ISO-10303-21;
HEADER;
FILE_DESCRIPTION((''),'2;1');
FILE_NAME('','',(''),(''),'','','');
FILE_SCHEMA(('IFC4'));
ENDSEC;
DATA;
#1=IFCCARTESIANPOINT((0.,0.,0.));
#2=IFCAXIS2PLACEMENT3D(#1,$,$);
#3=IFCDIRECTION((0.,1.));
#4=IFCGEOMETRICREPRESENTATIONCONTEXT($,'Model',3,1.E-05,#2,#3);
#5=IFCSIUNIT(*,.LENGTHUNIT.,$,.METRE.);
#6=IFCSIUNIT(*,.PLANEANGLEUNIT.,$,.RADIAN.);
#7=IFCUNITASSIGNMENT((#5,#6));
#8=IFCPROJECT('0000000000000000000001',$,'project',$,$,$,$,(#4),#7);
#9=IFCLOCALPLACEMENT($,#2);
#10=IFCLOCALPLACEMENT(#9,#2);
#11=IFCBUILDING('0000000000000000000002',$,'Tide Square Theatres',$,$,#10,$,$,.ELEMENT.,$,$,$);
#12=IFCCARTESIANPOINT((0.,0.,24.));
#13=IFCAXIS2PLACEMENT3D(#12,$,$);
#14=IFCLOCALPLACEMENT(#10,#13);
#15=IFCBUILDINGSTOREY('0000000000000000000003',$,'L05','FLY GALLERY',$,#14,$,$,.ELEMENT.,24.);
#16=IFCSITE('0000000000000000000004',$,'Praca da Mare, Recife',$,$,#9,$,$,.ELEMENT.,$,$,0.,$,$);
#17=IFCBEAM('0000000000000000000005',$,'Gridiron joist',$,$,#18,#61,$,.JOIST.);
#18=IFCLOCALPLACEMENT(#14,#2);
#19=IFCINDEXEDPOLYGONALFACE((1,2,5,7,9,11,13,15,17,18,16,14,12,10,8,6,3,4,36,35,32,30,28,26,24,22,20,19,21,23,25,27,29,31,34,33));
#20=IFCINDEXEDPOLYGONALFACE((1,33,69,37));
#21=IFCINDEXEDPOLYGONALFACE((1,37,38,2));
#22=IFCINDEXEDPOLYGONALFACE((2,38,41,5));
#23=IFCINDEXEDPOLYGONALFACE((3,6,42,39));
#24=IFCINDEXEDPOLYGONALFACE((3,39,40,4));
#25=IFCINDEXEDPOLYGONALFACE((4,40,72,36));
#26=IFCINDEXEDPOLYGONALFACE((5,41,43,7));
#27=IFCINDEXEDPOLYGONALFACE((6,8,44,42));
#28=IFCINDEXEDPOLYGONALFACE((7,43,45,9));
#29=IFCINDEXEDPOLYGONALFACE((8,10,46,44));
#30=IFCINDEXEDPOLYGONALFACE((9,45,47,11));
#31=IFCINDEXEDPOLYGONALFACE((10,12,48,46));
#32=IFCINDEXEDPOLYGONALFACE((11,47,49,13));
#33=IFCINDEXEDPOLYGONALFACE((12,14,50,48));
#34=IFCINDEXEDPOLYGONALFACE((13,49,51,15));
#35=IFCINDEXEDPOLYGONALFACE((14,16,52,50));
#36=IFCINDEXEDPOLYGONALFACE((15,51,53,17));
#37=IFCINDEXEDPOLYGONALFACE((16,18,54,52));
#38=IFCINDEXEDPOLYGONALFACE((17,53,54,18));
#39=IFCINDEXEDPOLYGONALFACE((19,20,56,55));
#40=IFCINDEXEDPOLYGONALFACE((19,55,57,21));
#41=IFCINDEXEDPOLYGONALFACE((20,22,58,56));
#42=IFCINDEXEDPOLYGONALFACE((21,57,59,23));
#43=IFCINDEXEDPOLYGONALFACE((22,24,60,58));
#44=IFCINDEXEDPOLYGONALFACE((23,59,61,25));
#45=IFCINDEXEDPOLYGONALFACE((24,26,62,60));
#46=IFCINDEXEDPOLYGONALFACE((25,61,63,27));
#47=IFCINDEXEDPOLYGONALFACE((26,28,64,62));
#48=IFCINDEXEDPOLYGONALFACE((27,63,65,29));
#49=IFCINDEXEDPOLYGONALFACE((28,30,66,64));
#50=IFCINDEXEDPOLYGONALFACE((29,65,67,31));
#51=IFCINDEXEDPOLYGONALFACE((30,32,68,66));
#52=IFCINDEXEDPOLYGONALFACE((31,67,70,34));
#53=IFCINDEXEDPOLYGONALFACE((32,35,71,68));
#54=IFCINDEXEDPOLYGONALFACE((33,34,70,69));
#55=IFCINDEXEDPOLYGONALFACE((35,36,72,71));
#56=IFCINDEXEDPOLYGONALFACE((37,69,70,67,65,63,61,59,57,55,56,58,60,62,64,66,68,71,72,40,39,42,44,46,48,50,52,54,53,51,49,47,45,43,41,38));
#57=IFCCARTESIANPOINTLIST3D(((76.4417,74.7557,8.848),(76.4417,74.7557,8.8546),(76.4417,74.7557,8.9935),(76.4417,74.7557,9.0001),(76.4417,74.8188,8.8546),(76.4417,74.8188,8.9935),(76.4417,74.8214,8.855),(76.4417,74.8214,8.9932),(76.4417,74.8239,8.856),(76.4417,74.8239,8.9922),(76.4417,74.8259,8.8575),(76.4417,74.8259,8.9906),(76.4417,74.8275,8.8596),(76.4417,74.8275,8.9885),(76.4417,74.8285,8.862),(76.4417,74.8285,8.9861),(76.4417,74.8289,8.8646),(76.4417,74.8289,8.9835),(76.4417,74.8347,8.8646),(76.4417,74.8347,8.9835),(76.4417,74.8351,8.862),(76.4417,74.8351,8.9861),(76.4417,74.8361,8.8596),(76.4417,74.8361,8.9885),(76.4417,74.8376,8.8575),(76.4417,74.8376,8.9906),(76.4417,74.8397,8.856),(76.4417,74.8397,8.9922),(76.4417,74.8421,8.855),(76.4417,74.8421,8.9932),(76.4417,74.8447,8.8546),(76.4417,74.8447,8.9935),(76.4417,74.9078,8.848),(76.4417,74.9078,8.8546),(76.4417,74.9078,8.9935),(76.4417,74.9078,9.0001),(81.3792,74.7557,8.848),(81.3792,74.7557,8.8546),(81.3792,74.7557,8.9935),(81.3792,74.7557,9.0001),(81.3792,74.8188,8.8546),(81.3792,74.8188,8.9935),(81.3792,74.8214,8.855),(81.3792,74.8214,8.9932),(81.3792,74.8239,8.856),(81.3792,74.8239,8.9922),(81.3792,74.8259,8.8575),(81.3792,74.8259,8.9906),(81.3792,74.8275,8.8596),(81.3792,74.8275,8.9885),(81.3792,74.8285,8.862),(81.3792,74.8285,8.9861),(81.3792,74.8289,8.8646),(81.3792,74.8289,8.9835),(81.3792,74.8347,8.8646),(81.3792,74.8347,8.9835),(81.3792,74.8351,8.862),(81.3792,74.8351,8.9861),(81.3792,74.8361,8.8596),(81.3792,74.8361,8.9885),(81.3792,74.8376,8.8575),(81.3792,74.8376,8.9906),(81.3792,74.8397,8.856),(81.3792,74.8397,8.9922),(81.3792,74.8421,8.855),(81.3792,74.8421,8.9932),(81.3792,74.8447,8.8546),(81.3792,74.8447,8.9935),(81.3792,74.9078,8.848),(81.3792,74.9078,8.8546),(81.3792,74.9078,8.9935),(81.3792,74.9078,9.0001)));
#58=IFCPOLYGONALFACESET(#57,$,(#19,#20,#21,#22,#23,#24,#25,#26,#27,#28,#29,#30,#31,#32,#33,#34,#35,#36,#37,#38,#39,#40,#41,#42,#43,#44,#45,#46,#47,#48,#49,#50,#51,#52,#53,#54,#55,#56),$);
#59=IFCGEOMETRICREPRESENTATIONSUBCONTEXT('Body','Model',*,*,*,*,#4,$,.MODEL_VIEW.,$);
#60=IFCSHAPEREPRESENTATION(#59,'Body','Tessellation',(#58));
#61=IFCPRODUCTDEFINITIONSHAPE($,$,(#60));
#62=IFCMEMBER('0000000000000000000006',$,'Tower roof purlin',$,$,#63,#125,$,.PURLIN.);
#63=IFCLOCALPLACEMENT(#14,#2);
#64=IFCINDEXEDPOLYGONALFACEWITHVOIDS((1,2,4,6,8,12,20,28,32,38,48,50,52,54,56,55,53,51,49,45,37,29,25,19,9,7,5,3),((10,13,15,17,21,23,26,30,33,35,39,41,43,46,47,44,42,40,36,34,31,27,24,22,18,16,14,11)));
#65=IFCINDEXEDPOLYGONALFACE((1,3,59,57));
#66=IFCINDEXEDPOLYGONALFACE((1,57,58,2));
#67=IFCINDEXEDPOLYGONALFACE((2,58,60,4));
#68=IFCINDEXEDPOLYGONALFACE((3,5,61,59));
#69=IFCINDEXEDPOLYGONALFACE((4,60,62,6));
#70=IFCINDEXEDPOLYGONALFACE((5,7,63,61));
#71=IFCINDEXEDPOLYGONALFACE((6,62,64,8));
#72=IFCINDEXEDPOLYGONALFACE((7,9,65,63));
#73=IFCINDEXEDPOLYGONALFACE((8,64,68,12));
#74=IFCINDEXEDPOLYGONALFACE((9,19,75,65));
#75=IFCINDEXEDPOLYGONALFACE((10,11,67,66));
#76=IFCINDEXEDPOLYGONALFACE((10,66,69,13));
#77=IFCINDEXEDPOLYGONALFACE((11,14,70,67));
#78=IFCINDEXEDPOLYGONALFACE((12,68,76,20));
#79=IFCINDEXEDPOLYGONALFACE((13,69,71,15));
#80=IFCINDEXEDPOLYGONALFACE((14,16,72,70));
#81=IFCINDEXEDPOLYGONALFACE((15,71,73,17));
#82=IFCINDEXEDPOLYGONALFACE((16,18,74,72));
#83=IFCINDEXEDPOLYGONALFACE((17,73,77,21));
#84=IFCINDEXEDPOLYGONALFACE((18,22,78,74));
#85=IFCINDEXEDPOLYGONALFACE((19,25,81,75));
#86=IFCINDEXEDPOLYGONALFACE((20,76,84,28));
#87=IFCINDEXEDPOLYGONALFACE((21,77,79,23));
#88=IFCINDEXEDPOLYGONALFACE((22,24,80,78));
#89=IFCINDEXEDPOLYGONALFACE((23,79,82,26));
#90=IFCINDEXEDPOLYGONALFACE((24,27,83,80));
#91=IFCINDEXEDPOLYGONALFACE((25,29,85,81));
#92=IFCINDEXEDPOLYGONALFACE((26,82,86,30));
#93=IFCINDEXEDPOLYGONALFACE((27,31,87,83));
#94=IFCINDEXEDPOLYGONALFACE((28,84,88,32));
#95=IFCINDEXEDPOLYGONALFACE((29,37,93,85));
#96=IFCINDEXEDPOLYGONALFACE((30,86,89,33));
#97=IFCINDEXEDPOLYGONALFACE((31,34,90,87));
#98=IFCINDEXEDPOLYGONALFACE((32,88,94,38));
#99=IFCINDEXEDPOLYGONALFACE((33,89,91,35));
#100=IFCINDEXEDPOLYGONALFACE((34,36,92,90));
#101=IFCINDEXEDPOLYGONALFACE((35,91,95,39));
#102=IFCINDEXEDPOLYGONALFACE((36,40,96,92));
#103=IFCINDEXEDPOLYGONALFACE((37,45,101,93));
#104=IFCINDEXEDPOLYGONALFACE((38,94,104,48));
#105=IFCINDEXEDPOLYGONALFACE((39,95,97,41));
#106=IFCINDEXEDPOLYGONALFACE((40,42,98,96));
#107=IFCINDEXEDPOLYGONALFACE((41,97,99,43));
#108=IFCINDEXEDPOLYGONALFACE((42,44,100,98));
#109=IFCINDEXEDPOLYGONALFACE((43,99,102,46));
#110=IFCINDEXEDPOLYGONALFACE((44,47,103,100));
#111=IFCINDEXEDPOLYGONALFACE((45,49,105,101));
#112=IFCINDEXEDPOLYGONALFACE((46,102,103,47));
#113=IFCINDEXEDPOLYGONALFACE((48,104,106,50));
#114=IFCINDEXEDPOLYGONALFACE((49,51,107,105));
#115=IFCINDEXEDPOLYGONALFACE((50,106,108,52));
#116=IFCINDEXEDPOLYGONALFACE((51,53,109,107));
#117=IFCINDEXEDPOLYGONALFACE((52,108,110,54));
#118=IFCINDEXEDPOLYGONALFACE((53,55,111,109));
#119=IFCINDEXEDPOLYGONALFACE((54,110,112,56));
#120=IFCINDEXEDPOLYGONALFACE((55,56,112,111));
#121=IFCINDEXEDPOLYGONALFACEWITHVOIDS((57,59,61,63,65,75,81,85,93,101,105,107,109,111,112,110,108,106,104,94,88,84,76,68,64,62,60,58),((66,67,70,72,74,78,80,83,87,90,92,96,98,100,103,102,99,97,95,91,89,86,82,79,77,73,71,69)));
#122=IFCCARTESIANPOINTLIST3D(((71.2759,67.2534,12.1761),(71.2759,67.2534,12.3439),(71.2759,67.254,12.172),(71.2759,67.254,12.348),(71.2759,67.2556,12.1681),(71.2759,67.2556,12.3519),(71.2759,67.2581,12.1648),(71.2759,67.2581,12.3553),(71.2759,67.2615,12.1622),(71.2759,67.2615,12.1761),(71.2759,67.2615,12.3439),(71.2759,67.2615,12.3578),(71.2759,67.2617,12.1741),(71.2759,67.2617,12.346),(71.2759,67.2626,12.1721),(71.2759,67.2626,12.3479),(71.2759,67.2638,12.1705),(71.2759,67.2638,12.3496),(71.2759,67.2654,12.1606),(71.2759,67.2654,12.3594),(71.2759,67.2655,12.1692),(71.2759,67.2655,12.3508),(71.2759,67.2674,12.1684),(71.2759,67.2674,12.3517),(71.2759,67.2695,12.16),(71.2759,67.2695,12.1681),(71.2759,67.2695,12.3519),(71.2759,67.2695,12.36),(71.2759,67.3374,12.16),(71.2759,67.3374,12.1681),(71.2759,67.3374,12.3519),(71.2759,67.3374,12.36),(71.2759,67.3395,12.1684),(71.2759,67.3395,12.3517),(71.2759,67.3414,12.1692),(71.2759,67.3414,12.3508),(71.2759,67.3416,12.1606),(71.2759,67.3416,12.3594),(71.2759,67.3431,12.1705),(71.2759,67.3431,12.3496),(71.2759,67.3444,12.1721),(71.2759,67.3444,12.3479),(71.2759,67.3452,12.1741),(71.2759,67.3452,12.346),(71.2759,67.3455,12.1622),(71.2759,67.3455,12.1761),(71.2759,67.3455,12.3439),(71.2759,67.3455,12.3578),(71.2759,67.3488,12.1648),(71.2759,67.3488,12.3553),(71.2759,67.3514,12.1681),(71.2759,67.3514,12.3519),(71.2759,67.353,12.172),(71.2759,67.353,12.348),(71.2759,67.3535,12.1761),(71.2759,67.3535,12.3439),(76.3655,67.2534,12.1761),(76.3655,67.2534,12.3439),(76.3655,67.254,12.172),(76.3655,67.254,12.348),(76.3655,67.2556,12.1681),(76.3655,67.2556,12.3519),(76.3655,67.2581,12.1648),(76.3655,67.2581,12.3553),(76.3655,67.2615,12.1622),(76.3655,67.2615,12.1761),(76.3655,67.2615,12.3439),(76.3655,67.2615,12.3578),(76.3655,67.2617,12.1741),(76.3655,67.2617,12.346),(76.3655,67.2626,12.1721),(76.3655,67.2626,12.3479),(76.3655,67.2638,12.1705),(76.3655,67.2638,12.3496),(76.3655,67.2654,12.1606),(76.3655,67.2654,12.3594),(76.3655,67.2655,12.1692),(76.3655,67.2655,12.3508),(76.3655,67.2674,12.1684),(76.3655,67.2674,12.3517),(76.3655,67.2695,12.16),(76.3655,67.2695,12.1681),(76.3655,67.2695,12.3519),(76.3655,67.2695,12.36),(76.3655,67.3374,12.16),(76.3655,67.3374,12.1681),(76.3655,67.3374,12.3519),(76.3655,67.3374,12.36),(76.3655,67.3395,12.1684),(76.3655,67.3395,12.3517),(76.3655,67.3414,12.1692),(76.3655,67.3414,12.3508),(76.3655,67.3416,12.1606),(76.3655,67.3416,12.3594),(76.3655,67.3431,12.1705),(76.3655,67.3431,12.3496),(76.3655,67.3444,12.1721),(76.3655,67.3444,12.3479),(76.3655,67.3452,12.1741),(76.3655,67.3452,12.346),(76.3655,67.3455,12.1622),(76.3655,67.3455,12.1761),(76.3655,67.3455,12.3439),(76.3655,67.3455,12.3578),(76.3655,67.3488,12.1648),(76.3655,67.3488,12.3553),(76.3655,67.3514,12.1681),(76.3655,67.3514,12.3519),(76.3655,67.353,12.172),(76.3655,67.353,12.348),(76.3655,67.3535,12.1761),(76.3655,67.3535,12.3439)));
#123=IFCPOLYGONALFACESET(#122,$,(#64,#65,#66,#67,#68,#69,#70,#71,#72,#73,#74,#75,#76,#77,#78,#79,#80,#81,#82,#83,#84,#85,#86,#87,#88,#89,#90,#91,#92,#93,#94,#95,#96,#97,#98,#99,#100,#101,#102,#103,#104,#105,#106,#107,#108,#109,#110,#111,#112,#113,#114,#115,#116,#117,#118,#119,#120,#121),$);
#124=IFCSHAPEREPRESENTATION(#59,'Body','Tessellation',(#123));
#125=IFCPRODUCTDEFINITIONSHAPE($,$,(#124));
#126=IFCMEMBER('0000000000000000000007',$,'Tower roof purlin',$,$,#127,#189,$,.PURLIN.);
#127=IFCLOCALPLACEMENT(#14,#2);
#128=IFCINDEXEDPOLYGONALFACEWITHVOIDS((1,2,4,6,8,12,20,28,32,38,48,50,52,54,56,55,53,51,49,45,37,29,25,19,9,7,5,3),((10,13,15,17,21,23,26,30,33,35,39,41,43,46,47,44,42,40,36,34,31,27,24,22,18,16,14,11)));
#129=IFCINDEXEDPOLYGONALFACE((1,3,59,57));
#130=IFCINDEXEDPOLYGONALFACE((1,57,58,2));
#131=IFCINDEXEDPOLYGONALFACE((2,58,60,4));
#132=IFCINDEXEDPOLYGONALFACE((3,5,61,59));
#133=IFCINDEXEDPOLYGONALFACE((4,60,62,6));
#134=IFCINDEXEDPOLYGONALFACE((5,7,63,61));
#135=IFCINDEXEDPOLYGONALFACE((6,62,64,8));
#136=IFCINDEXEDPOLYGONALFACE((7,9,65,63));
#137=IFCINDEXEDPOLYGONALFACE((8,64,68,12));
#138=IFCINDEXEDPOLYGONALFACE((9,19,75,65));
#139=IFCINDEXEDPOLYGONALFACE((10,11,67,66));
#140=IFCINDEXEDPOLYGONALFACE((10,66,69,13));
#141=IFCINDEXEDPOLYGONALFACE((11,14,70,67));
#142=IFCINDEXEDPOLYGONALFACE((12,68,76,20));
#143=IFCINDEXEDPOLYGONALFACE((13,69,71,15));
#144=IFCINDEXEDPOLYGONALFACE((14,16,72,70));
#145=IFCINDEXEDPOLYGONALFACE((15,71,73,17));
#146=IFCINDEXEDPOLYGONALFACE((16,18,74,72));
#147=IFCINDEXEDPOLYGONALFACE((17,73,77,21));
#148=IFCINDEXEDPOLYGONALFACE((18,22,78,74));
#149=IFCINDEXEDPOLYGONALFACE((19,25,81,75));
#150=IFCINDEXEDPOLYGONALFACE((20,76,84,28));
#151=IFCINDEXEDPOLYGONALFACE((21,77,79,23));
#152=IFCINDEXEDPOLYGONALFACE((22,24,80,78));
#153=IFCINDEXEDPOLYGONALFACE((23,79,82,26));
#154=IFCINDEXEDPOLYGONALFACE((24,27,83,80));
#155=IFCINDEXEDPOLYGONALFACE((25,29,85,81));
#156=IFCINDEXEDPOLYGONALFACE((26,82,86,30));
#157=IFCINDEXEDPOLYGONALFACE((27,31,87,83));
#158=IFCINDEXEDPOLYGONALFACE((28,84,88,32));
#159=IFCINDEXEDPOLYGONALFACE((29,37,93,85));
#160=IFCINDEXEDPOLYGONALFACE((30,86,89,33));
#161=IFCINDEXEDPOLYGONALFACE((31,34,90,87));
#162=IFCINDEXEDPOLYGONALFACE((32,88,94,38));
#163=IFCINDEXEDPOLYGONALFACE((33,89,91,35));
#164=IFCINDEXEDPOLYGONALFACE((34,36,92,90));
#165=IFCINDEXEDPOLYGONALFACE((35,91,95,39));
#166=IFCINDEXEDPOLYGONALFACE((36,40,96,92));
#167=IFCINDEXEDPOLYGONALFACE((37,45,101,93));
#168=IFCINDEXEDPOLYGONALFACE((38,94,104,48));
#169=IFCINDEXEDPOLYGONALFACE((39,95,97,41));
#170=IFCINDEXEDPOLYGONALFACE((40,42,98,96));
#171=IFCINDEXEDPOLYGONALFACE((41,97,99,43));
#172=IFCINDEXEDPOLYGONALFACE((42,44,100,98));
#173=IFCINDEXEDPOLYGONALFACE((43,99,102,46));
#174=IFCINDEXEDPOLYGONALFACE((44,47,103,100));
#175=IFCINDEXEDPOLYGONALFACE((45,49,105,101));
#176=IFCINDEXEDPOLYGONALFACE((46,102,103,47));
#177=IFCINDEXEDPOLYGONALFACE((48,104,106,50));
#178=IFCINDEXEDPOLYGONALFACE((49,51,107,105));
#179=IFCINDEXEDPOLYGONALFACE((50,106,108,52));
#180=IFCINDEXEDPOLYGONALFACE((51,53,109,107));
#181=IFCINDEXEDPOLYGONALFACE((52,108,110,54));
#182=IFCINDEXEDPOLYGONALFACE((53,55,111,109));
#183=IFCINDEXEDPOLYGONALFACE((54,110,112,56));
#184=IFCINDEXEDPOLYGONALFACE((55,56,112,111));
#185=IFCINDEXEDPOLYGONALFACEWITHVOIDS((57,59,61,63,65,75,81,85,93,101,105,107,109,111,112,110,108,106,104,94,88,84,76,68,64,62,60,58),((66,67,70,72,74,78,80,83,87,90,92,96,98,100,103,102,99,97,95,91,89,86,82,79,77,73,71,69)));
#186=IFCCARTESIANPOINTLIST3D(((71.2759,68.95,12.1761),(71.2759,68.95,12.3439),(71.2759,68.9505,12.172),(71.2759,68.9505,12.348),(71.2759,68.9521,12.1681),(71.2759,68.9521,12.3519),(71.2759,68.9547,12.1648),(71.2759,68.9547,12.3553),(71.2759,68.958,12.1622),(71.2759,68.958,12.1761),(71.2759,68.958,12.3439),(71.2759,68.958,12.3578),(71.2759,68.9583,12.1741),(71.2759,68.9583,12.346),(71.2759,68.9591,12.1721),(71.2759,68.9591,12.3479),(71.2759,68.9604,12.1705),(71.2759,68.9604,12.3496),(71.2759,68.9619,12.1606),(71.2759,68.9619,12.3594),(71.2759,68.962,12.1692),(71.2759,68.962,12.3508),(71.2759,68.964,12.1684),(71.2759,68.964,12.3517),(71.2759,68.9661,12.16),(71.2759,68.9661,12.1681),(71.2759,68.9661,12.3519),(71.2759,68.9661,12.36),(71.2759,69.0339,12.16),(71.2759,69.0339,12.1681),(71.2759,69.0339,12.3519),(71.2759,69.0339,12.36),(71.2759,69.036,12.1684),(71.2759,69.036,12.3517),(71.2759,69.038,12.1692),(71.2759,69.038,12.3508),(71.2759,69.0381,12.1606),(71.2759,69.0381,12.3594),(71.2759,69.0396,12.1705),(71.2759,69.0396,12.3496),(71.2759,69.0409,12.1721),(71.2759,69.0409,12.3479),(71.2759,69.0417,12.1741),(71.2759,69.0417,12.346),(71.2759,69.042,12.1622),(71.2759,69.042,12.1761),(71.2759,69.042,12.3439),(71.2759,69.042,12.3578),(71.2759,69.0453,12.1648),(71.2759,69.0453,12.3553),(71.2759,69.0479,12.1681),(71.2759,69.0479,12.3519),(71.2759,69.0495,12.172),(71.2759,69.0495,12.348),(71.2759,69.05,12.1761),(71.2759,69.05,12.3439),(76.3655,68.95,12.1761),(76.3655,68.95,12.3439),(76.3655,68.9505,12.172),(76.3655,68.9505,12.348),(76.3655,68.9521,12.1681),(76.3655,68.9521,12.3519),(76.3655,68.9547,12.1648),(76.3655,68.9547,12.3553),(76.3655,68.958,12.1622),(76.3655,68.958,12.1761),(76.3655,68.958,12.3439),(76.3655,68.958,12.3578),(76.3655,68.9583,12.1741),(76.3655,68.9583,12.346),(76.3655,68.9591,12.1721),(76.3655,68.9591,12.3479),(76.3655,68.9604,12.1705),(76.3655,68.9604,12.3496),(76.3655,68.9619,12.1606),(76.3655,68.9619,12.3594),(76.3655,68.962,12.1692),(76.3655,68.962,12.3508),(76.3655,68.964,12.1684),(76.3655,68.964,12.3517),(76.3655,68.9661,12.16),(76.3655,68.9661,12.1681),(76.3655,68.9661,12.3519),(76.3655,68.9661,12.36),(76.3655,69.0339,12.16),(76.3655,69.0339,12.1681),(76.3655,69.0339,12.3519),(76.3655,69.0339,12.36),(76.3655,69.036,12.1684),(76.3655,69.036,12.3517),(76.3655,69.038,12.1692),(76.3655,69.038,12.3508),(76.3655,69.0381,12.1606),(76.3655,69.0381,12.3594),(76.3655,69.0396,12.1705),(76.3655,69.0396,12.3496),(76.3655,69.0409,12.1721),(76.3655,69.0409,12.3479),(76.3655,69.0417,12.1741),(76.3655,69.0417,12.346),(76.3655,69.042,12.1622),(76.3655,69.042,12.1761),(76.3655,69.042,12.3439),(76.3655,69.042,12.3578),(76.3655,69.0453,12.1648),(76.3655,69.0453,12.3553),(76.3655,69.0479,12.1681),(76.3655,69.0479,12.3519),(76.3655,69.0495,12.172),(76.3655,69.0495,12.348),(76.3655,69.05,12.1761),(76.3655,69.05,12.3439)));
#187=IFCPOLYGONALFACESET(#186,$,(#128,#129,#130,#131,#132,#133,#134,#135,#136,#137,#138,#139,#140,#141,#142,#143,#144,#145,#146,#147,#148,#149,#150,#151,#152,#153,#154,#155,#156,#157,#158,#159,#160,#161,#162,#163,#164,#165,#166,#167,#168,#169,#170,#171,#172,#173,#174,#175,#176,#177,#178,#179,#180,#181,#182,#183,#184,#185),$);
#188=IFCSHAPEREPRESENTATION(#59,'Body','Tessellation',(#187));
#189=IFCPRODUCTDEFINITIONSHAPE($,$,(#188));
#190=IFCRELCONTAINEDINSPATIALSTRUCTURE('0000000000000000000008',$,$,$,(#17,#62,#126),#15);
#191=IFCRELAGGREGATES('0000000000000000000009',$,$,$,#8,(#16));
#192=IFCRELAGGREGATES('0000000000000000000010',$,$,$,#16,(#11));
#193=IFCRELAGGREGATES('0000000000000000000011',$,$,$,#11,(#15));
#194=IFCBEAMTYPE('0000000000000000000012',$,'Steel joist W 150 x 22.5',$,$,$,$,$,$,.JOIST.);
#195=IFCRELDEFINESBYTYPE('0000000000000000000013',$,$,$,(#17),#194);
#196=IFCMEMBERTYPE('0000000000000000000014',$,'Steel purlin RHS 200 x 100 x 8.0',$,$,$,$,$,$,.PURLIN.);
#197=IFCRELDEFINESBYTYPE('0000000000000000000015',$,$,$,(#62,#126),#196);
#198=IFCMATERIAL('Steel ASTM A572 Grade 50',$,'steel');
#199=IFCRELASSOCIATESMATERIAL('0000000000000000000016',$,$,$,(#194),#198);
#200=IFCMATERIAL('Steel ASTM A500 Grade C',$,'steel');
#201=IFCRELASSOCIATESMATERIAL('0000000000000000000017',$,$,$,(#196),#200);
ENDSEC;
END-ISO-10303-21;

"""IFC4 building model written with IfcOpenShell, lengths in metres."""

from ifc_helpers import new_model, si_unit, direction, frame, origin, origin_2d, place, context, subcontext, project, spatial, hollow_rectangle, i_section, extrude, material, material_profile, profile_set, type_object, element, save


model = new_model("IFC4")

# Units and contexts
model_context = context("Model", 3, precision=1e-05, world=origin(), true_north=direction((0.0, 1.0)))
body_context = subcontext(model_context, "Body", "Model", "MODEL_VIEW")
ifc_project = project(units=[si_unit("LENGTHUNIT", "METRE"), si_unit("PLANEANGLEUNIT", "RADIAN")], contexts=[model_context])

# Site, building, storey
site_placement = place(None, origin())
site = spatial("IfcSite", under=ifc_project, at=site_placement, Name="Praca da Mare, Recife", CompositionType="ELEMENT", RefElevation=0.0)
building_placement = place(site_placement, origin())
building = spatial("IfcBuilding", under=site, at=building_placement, Name="Tide Square Theatres", CompositionType="ELEMENT")
storey_placement = place(building_placement, frame((0.0, 0.0, 24.0)))
storey = spatial("IfcBuildingStorey", under=building, at=storey_placement, Name="L05", Description="FLY GALLERY", CompositionType="ELEMENT", Elevation=24.0)

# Beam
ifc_material_1 = material(Name="Steel ASTM A572 Grade 50", Category="steel")
ifc_material_profile_1 = material_profile(ifc_material_1, i_section(OverallWidth=0.1521, OverallDepth=0.1521, WebThickness=0.0059, FlangeThickness=0.0066, FilletRadius=0.01, at=origin_2d()))
ifc_profile_set_1 = profile_set([ifc_material_profile_1], Name="Steel ASTM A572 Grade 50")
beam_type_1 = type_object("IfcBeamType", Name="Steel joist W 150 x 22.5", PredefinedType="JOIST", material=ifc_profile_set_1)
for number, where, z_axis, x_axis, name in (
    (1, (76.4417, 74.8318, 8.9241), (1.0, 0.0, 0.0), (0.0, 1.0, 0.0), "Gridiron joist"),
):
    element("IfcBeam", number, at=place(storey_placement, frame(where, z_axis=z_axis, x_axis=x_axis)), inside=storey, type_object=beam_type_1, Name=name, PredefinedType="JOIST", context=body_context, shape_type="SweptSolid", body=[
        extrude(i_section(OverallWidth=0.1521, OverallDepth=0.1521, WebThickness=0.0059, FlangeThickness=0.0066, FilletRadius=0.01, at=origin_2d()), origin(), (0.0, 0.0, 1.0), 4.9375),
    ])

# Members
ifc_material_2 = material(Name="Steel ASTM A500 Grade C", Category="steel")
ifc_material_profile_2 = material_profile(ifc_material_2, hollow_rectangle(XDim=0.1001, YDim=0.2, WallThickness=0.0081, InnerFilletRadius=0.0081, OuterFilletRadius=0.0161, at=origin_2d()))
ifc_profile_set_2 = profile_set([ifc_material_profile_2], Name="Steel ASTM A500 Grade C")
member_type = type_object("IfcMemberType", Name="Steel purlin RHS 200 x 100 x 8.0", PredefinedType="PURLIN", material=ifc_profile_set_2)
for number, where, z_axis, x_axis, name in (
    (2, (71.2759, 67.3035, 12.26), (1.0, 0.0, 0.0), (0.0, 1.0, 0.0), "Tower roof purlin"),
    (3, (71.2759, 69.0, 12.26), (1.0, 0.0, 0.0), (0.0, 1.0, 0.0), "Tower roof purlin"),
):
    element("IfcMember", number, at=place(storey_placement, frame(where, z_axis=z_axis, x_axis=x_axis)), inside=storey, type_object=member_type, Name=name, PredefinedType="PURLIN", context=body_context, shape_type="SweptSolid", body=[
        extrude(hollow_rectangle(XDim=0.1001, YDim=0.2, WallThickness=0.0081, InnerFilletRadius=0.0081, OuterFilletRadius=0.0161, at=origin_2d()), origin(), (0.0, 0.0, 1.0), 5.0896),
    ])

save(model, "model.ifc")
